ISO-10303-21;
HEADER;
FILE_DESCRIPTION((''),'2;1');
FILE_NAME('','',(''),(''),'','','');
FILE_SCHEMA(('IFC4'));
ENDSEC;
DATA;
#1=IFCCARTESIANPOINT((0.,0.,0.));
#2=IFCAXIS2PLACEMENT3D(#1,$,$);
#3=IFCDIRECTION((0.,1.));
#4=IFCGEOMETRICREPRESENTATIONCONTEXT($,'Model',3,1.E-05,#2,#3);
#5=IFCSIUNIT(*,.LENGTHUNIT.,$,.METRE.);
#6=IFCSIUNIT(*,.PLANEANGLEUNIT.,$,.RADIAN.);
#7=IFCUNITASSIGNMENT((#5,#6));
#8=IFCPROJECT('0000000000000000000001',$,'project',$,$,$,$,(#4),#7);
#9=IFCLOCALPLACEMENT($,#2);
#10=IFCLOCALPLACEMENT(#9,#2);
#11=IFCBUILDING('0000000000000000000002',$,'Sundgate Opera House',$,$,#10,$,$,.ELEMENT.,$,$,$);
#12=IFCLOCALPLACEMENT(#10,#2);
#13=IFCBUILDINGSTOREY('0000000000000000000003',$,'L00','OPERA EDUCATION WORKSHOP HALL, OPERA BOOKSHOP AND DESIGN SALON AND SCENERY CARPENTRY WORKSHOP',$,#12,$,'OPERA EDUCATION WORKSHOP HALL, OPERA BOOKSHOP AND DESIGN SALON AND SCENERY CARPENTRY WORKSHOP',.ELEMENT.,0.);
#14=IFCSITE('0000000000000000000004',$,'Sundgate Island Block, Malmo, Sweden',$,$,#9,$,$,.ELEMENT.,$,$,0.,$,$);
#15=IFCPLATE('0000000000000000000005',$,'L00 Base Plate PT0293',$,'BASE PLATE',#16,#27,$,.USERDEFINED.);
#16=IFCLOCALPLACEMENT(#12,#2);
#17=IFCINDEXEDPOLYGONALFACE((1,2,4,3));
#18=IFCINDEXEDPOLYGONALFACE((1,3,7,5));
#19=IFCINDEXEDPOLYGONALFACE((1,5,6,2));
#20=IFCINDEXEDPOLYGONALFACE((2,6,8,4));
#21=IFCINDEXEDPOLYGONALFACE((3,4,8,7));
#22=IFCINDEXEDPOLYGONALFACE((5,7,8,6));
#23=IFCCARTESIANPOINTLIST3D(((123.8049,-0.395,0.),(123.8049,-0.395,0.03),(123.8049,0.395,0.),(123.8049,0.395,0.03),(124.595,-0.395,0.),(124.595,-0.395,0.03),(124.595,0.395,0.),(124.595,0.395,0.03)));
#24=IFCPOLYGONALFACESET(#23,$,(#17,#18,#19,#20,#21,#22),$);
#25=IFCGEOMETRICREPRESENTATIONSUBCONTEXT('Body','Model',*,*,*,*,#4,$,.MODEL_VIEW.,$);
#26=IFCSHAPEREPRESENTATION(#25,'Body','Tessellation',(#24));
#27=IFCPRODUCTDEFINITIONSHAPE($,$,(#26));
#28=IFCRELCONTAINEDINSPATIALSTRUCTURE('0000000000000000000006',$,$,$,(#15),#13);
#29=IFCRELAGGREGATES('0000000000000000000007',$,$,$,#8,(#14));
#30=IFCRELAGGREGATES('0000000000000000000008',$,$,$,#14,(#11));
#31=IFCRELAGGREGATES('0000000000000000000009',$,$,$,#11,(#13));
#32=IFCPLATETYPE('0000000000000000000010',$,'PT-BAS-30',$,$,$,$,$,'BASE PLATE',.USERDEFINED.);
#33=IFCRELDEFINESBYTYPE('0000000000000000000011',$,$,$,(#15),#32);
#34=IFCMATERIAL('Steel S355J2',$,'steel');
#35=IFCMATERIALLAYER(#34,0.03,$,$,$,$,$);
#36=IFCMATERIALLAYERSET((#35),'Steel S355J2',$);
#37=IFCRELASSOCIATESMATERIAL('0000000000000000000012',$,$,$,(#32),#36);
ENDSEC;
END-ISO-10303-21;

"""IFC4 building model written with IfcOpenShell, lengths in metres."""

from ifc_helpers import new_model, si_unit, direction, frame, origin, origin_2d, place, context, subcontext, project, spatial, rectangle, extrude, material, layer, layer_set, type_object, element, save


model = new_model("IFC4")

# Units and contexts
model_context = context("Model", 3, precision=1e-05, world=origin(), true_north=direction((0.0, 1.0)))
body_context = subcontext(model_context, "Body", "Model", "MODEL_VIEW")
ifc_project = project(units=[si_unit("LENGTHUNIT", "METRE"), si_unit("PLANEANGLEUNIT", "RADIAN")], contexts=[model_context])

# Site, building, storey
site_placement = place(None, origin())
site = spatial("IfcSite", under=ifc_project, at=site_placement, Name="Sundgate Island Block, Malmo, Sweden", CompositionType="ELEMENT", RefElevation=0.0)
building_placement = place(site_placement, origin())
building = spatial("IfcBuilding", under=site, at=building_placement, Name="Sundgate Opera House", CompositionType="ELEMENT")
storey_placement = place(building_placement, origin())
storey = spatial("IfcBuildingStorey", under=building, at=storey_placement, Name="L00", Description="OPERA EDUCATION WORKSHOP HALL, OPERA BOOKSHOP AND DESIGN SALON AND SCENERY CARPENTRY WORKSHOP", LongName="OPERA EDUCATION WORKSHOP HALL, OPERA BOOKSHOP AND DESIGN SALON AND SCENERY CARPENTRY WORKSHOP", CompositionType="ELEMENT", Elevation=0.0)

# Plate
ifc_material_1 = material(Name="Steel S355J2", Category="steel")
ifc_layer_1 = layer(ifc_material_1, 0.03)
ifc_layer_set_1 = layer_set([ifc_layer_1], Name="Steel S355J2")
plate_type_1 = type_object("IfcPlateType", Name="PT-BAS-30", ElementType="BASE PLATE", PredefinedType="USERDEFINED", material=ifc_layer_set_1)
plate_1_placement = place(storey_placement, frame((124.2, 0.0, 0.0), z_axis=(0.0, 0.0, 1.0), x_axis=(1.0, 0.0, 0.0)))
element("IfcPlate", 1, at=plate_1_placement, inside=storey, type_object=plate_type_1, Name="L00 Base Plate PT0293", ObjectType="BASE PLATE", PredefinedType="USERDEFINED", context=body_context, shape_type="SweptSolid", body=[
    extrude(rectangle(XDim=0.79, YDim=0.79, at=origin_2d()), origin(), (0.0, 0.0, 1.0), 0.03),
])

save(model, "model.ifc")
